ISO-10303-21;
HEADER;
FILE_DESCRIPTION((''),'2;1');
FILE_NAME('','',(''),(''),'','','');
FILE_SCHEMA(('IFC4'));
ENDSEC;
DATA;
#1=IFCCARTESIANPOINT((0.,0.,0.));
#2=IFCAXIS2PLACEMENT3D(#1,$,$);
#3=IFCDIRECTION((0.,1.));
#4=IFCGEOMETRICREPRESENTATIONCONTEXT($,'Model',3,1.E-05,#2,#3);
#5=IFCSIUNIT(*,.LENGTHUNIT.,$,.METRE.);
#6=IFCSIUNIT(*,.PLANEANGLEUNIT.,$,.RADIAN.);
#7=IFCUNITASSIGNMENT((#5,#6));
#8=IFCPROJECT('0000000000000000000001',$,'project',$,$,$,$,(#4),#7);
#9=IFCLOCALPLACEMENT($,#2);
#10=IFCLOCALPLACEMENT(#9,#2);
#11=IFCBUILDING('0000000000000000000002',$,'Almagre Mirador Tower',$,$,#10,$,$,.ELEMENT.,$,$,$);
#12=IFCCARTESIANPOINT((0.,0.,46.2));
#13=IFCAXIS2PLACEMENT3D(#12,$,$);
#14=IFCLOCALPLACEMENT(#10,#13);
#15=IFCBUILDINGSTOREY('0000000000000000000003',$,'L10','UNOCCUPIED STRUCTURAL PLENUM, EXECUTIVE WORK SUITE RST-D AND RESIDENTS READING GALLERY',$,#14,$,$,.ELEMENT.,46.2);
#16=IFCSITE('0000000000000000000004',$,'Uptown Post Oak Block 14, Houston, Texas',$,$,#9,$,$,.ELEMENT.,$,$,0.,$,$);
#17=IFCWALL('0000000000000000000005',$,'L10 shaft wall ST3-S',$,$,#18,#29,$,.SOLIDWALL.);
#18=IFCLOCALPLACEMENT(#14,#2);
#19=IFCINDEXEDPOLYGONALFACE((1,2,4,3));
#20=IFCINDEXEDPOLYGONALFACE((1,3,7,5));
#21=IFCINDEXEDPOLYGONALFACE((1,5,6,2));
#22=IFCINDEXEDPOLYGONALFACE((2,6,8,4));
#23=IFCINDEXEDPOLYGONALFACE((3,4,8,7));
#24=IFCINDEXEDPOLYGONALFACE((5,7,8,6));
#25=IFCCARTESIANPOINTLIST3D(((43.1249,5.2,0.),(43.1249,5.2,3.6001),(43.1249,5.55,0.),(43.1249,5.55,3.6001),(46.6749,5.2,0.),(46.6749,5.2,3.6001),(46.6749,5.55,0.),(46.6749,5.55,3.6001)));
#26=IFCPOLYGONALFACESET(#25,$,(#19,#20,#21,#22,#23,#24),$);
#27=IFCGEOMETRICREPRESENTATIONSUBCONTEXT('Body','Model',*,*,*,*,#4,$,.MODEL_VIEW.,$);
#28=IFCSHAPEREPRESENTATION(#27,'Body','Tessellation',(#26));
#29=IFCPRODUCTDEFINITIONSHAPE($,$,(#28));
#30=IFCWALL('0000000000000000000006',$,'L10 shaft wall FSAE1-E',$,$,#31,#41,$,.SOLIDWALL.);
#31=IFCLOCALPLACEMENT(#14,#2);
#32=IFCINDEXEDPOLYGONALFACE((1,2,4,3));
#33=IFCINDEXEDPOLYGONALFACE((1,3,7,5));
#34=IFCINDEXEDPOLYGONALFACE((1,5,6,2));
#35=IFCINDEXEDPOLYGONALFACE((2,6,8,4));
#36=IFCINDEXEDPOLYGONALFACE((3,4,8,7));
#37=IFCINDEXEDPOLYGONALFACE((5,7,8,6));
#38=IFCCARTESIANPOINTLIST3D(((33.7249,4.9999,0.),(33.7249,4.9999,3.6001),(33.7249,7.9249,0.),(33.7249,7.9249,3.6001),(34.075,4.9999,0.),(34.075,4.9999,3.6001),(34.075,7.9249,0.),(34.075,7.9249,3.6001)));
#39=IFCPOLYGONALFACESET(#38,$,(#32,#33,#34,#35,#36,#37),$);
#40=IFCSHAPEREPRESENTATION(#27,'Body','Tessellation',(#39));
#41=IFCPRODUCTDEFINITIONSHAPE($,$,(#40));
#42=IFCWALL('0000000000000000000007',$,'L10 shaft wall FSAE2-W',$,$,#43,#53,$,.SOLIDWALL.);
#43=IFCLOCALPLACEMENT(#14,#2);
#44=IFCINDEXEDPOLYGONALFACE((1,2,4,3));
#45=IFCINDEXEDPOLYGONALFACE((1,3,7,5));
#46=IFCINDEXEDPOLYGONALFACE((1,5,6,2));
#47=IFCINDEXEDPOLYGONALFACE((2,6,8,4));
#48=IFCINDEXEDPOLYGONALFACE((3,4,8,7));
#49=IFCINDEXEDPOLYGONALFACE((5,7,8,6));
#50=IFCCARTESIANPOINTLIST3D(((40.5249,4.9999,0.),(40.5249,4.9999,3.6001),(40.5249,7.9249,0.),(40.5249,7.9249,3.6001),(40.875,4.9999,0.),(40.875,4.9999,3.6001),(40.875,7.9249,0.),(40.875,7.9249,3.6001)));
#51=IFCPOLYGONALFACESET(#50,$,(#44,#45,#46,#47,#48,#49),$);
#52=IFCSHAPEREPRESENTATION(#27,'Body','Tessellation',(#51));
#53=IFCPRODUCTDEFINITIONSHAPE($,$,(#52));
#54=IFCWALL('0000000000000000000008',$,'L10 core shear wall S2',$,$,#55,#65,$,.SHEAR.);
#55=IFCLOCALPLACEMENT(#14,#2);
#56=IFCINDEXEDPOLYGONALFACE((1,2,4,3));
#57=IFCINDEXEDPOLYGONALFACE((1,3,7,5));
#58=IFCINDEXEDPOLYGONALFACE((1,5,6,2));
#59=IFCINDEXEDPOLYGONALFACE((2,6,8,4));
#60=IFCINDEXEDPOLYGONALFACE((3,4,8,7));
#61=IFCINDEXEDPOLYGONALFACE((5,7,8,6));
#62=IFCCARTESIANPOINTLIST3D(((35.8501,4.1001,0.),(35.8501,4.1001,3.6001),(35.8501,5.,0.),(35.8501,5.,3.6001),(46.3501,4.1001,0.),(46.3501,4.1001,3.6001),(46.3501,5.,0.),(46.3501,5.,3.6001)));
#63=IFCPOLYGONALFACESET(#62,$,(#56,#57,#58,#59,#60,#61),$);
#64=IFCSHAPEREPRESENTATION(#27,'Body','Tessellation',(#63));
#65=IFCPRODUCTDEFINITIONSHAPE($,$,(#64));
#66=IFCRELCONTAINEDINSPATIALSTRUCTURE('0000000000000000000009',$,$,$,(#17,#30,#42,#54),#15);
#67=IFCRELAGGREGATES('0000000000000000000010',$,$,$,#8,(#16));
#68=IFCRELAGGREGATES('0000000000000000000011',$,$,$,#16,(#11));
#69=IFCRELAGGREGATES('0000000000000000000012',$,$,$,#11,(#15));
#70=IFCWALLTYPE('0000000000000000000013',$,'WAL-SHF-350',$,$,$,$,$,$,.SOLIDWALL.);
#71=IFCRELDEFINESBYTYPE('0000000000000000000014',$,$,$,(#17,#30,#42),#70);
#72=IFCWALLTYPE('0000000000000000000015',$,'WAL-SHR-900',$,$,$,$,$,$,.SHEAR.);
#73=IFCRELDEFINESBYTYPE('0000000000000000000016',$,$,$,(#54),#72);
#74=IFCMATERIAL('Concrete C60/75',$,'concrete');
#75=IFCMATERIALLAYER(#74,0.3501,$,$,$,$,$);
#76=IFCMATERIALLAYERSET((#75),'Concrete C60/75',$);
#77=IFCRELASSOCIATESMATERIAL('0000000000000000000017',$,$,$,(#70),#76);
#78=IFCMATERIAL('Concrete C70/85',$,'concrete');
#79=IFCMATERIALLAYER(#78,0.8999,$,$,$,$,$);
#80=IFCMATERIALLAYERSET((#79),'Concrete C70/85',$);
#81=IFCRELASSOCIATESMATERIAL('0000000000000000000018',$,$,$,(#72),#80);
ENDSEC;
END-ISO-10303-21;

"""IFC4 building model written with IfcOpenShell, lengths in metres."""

from ifc_helpers import new_model, si_unit, direction, frame, frame_2d, origin, place, context, subcontext, project, spatial, rectangle, extrude, material, layer, layer_set, type_object, element, save


model = new_model("IFC4")

# Units and contexts
model_context = context("Model", 3, precision=1e-05, world=origin(), true_north=direction((0.0, 1.0)))
body_context = subcontext(model_context, "Body", "Model", "MODEL_VIEW")
ifc_project = project(units=[si_unit("LENGTHUNIT", "METRE"), si_unit("PLANEANGLEUNIT", "RADIAN")], contexts=[model_context])

# Site, building, storey
site_placement = place(None, origin())
site = spatial("IfcSite", under=ifc_project, at=site_placement, Name="Uptown Post Oak Block 14, Houston, Texas", CompositionType="ELEMENT", RefElevation=0.0)
building_placement = place(site_placement, origin())
building = spatial("IfcBuilding", under=site, at=building_placement, Name="Almagre Mirador Tower", CompositionType="ELEMENT")
storey_placement = place(building_placement, frame((0.0, 0.0, 46.2)))
storey = spatial("IfcBuildingStorey", under=building, at=storey_placement, Name="L10", Description="UNOCCUPIED STRUCTURAL PLENUM, EXECUTIVE WORK SUITE RST-D AND RESIDENTS READING GALLERY", CompositionType="ELEMENT", Elevation=46.2)

# Shared definitions
ifc_material_1 = material(Name="Concrete C60/75", Category="concrete")
ifc_layer_1 = layer(ifc_material_1, 0.3501)
ifc_layer_set_1 = layer_set([ifc_layer_1], Name="Concrete C60/75")
wall_type_1 = type_object("IfcWallType", Name="WAL-SHF-350", PredefinedType="SOLIDWALL", material=ifc_layer_set_1)

# Walls
wall_1_placement = place(storey_placement, frame((43.125, 5.375, 0.0), z_axis=(0.0, 0.0, 1.0), x_axis=(1.0, 0.0, 0.0)))
element("IfcWall", 1, at=wall_1_placement, inside=storey, type_object=wall_type_1, Name="L10 shaft wall ST3-S", PredefinedType="SOLIDWALL", context=body_context, shape_type="SweptSolid", body=[
    extrude(rectangle(XDim=3.55, YDim=0.3501, at=frame_2d((1.7749, 0.0))), origin(), (0.0, 0.0, 1.0), 3.6001),
])
for number, where, z_axis, x_axis, name in (
    (2, (33.8999, 5.0, 0.0), (0.0, 0.0, 1.0), (0.0, 1.0, 0.0), "L10 shaft wall FSAE1-E"),
    (3, (40.7, 5.0, 0.0), (0.0, 0.0, 1.0), (0.0, 1.0, 0.0), "L10 shaft wall FSAE2-W"),
):
    element("IfcWall", number, at=place(storey_placement, frame(where, z_axis=z_axis, x_axis=x_axis)), inside=storey, type_object=wall_type_1, Name=name, PredefinedType="SOLIDWALL", context=body_context, shape_type="SweptSolid", body=[
        extrude(rectangle(XDim=2.925, YDim=0.3501, at=frame_2d((1.4624, 0.0))), origin(), (0.0, 0.0, 1.0), 3.6001),
    ])
ifc_material_2 = material(Name="Concrete C70/85", Category="concrete")
ifc_layer_2 = layer(ifc_material_2, 0.8999)
ifc_layer_set_2 = layer_set([ifc_layer_2], Name="Concrete C70/85")
wall_type_2 = type_object("IfcWallType", Name="WAL-SHR-900", PredefinedType="SHEAR", material=ifc_layer_set_2)
wall_2_placement = place(storey_placement, frame((35.8501, 4.55, 0.0), z_axis=(0.0, 0.0, 1.0), x_axis=(1.0, 0.0, 0.0)))
element("IfcWall", 4, at=wall_2_placement, inside=storey, type_object=wall_type_2, Name="L10 core shear wall S2", PredefinedType="SHEAR", context=body_context, shape_type="SweptSolid", body=[
    extrude(rectangle(XDim=10.5, YDim=0.8999, at=frame_2d((5.25, 0.0))), origin(), (0.0, 0.0, 1.0), 3.6001),
])

save(model, "model.ifc")
